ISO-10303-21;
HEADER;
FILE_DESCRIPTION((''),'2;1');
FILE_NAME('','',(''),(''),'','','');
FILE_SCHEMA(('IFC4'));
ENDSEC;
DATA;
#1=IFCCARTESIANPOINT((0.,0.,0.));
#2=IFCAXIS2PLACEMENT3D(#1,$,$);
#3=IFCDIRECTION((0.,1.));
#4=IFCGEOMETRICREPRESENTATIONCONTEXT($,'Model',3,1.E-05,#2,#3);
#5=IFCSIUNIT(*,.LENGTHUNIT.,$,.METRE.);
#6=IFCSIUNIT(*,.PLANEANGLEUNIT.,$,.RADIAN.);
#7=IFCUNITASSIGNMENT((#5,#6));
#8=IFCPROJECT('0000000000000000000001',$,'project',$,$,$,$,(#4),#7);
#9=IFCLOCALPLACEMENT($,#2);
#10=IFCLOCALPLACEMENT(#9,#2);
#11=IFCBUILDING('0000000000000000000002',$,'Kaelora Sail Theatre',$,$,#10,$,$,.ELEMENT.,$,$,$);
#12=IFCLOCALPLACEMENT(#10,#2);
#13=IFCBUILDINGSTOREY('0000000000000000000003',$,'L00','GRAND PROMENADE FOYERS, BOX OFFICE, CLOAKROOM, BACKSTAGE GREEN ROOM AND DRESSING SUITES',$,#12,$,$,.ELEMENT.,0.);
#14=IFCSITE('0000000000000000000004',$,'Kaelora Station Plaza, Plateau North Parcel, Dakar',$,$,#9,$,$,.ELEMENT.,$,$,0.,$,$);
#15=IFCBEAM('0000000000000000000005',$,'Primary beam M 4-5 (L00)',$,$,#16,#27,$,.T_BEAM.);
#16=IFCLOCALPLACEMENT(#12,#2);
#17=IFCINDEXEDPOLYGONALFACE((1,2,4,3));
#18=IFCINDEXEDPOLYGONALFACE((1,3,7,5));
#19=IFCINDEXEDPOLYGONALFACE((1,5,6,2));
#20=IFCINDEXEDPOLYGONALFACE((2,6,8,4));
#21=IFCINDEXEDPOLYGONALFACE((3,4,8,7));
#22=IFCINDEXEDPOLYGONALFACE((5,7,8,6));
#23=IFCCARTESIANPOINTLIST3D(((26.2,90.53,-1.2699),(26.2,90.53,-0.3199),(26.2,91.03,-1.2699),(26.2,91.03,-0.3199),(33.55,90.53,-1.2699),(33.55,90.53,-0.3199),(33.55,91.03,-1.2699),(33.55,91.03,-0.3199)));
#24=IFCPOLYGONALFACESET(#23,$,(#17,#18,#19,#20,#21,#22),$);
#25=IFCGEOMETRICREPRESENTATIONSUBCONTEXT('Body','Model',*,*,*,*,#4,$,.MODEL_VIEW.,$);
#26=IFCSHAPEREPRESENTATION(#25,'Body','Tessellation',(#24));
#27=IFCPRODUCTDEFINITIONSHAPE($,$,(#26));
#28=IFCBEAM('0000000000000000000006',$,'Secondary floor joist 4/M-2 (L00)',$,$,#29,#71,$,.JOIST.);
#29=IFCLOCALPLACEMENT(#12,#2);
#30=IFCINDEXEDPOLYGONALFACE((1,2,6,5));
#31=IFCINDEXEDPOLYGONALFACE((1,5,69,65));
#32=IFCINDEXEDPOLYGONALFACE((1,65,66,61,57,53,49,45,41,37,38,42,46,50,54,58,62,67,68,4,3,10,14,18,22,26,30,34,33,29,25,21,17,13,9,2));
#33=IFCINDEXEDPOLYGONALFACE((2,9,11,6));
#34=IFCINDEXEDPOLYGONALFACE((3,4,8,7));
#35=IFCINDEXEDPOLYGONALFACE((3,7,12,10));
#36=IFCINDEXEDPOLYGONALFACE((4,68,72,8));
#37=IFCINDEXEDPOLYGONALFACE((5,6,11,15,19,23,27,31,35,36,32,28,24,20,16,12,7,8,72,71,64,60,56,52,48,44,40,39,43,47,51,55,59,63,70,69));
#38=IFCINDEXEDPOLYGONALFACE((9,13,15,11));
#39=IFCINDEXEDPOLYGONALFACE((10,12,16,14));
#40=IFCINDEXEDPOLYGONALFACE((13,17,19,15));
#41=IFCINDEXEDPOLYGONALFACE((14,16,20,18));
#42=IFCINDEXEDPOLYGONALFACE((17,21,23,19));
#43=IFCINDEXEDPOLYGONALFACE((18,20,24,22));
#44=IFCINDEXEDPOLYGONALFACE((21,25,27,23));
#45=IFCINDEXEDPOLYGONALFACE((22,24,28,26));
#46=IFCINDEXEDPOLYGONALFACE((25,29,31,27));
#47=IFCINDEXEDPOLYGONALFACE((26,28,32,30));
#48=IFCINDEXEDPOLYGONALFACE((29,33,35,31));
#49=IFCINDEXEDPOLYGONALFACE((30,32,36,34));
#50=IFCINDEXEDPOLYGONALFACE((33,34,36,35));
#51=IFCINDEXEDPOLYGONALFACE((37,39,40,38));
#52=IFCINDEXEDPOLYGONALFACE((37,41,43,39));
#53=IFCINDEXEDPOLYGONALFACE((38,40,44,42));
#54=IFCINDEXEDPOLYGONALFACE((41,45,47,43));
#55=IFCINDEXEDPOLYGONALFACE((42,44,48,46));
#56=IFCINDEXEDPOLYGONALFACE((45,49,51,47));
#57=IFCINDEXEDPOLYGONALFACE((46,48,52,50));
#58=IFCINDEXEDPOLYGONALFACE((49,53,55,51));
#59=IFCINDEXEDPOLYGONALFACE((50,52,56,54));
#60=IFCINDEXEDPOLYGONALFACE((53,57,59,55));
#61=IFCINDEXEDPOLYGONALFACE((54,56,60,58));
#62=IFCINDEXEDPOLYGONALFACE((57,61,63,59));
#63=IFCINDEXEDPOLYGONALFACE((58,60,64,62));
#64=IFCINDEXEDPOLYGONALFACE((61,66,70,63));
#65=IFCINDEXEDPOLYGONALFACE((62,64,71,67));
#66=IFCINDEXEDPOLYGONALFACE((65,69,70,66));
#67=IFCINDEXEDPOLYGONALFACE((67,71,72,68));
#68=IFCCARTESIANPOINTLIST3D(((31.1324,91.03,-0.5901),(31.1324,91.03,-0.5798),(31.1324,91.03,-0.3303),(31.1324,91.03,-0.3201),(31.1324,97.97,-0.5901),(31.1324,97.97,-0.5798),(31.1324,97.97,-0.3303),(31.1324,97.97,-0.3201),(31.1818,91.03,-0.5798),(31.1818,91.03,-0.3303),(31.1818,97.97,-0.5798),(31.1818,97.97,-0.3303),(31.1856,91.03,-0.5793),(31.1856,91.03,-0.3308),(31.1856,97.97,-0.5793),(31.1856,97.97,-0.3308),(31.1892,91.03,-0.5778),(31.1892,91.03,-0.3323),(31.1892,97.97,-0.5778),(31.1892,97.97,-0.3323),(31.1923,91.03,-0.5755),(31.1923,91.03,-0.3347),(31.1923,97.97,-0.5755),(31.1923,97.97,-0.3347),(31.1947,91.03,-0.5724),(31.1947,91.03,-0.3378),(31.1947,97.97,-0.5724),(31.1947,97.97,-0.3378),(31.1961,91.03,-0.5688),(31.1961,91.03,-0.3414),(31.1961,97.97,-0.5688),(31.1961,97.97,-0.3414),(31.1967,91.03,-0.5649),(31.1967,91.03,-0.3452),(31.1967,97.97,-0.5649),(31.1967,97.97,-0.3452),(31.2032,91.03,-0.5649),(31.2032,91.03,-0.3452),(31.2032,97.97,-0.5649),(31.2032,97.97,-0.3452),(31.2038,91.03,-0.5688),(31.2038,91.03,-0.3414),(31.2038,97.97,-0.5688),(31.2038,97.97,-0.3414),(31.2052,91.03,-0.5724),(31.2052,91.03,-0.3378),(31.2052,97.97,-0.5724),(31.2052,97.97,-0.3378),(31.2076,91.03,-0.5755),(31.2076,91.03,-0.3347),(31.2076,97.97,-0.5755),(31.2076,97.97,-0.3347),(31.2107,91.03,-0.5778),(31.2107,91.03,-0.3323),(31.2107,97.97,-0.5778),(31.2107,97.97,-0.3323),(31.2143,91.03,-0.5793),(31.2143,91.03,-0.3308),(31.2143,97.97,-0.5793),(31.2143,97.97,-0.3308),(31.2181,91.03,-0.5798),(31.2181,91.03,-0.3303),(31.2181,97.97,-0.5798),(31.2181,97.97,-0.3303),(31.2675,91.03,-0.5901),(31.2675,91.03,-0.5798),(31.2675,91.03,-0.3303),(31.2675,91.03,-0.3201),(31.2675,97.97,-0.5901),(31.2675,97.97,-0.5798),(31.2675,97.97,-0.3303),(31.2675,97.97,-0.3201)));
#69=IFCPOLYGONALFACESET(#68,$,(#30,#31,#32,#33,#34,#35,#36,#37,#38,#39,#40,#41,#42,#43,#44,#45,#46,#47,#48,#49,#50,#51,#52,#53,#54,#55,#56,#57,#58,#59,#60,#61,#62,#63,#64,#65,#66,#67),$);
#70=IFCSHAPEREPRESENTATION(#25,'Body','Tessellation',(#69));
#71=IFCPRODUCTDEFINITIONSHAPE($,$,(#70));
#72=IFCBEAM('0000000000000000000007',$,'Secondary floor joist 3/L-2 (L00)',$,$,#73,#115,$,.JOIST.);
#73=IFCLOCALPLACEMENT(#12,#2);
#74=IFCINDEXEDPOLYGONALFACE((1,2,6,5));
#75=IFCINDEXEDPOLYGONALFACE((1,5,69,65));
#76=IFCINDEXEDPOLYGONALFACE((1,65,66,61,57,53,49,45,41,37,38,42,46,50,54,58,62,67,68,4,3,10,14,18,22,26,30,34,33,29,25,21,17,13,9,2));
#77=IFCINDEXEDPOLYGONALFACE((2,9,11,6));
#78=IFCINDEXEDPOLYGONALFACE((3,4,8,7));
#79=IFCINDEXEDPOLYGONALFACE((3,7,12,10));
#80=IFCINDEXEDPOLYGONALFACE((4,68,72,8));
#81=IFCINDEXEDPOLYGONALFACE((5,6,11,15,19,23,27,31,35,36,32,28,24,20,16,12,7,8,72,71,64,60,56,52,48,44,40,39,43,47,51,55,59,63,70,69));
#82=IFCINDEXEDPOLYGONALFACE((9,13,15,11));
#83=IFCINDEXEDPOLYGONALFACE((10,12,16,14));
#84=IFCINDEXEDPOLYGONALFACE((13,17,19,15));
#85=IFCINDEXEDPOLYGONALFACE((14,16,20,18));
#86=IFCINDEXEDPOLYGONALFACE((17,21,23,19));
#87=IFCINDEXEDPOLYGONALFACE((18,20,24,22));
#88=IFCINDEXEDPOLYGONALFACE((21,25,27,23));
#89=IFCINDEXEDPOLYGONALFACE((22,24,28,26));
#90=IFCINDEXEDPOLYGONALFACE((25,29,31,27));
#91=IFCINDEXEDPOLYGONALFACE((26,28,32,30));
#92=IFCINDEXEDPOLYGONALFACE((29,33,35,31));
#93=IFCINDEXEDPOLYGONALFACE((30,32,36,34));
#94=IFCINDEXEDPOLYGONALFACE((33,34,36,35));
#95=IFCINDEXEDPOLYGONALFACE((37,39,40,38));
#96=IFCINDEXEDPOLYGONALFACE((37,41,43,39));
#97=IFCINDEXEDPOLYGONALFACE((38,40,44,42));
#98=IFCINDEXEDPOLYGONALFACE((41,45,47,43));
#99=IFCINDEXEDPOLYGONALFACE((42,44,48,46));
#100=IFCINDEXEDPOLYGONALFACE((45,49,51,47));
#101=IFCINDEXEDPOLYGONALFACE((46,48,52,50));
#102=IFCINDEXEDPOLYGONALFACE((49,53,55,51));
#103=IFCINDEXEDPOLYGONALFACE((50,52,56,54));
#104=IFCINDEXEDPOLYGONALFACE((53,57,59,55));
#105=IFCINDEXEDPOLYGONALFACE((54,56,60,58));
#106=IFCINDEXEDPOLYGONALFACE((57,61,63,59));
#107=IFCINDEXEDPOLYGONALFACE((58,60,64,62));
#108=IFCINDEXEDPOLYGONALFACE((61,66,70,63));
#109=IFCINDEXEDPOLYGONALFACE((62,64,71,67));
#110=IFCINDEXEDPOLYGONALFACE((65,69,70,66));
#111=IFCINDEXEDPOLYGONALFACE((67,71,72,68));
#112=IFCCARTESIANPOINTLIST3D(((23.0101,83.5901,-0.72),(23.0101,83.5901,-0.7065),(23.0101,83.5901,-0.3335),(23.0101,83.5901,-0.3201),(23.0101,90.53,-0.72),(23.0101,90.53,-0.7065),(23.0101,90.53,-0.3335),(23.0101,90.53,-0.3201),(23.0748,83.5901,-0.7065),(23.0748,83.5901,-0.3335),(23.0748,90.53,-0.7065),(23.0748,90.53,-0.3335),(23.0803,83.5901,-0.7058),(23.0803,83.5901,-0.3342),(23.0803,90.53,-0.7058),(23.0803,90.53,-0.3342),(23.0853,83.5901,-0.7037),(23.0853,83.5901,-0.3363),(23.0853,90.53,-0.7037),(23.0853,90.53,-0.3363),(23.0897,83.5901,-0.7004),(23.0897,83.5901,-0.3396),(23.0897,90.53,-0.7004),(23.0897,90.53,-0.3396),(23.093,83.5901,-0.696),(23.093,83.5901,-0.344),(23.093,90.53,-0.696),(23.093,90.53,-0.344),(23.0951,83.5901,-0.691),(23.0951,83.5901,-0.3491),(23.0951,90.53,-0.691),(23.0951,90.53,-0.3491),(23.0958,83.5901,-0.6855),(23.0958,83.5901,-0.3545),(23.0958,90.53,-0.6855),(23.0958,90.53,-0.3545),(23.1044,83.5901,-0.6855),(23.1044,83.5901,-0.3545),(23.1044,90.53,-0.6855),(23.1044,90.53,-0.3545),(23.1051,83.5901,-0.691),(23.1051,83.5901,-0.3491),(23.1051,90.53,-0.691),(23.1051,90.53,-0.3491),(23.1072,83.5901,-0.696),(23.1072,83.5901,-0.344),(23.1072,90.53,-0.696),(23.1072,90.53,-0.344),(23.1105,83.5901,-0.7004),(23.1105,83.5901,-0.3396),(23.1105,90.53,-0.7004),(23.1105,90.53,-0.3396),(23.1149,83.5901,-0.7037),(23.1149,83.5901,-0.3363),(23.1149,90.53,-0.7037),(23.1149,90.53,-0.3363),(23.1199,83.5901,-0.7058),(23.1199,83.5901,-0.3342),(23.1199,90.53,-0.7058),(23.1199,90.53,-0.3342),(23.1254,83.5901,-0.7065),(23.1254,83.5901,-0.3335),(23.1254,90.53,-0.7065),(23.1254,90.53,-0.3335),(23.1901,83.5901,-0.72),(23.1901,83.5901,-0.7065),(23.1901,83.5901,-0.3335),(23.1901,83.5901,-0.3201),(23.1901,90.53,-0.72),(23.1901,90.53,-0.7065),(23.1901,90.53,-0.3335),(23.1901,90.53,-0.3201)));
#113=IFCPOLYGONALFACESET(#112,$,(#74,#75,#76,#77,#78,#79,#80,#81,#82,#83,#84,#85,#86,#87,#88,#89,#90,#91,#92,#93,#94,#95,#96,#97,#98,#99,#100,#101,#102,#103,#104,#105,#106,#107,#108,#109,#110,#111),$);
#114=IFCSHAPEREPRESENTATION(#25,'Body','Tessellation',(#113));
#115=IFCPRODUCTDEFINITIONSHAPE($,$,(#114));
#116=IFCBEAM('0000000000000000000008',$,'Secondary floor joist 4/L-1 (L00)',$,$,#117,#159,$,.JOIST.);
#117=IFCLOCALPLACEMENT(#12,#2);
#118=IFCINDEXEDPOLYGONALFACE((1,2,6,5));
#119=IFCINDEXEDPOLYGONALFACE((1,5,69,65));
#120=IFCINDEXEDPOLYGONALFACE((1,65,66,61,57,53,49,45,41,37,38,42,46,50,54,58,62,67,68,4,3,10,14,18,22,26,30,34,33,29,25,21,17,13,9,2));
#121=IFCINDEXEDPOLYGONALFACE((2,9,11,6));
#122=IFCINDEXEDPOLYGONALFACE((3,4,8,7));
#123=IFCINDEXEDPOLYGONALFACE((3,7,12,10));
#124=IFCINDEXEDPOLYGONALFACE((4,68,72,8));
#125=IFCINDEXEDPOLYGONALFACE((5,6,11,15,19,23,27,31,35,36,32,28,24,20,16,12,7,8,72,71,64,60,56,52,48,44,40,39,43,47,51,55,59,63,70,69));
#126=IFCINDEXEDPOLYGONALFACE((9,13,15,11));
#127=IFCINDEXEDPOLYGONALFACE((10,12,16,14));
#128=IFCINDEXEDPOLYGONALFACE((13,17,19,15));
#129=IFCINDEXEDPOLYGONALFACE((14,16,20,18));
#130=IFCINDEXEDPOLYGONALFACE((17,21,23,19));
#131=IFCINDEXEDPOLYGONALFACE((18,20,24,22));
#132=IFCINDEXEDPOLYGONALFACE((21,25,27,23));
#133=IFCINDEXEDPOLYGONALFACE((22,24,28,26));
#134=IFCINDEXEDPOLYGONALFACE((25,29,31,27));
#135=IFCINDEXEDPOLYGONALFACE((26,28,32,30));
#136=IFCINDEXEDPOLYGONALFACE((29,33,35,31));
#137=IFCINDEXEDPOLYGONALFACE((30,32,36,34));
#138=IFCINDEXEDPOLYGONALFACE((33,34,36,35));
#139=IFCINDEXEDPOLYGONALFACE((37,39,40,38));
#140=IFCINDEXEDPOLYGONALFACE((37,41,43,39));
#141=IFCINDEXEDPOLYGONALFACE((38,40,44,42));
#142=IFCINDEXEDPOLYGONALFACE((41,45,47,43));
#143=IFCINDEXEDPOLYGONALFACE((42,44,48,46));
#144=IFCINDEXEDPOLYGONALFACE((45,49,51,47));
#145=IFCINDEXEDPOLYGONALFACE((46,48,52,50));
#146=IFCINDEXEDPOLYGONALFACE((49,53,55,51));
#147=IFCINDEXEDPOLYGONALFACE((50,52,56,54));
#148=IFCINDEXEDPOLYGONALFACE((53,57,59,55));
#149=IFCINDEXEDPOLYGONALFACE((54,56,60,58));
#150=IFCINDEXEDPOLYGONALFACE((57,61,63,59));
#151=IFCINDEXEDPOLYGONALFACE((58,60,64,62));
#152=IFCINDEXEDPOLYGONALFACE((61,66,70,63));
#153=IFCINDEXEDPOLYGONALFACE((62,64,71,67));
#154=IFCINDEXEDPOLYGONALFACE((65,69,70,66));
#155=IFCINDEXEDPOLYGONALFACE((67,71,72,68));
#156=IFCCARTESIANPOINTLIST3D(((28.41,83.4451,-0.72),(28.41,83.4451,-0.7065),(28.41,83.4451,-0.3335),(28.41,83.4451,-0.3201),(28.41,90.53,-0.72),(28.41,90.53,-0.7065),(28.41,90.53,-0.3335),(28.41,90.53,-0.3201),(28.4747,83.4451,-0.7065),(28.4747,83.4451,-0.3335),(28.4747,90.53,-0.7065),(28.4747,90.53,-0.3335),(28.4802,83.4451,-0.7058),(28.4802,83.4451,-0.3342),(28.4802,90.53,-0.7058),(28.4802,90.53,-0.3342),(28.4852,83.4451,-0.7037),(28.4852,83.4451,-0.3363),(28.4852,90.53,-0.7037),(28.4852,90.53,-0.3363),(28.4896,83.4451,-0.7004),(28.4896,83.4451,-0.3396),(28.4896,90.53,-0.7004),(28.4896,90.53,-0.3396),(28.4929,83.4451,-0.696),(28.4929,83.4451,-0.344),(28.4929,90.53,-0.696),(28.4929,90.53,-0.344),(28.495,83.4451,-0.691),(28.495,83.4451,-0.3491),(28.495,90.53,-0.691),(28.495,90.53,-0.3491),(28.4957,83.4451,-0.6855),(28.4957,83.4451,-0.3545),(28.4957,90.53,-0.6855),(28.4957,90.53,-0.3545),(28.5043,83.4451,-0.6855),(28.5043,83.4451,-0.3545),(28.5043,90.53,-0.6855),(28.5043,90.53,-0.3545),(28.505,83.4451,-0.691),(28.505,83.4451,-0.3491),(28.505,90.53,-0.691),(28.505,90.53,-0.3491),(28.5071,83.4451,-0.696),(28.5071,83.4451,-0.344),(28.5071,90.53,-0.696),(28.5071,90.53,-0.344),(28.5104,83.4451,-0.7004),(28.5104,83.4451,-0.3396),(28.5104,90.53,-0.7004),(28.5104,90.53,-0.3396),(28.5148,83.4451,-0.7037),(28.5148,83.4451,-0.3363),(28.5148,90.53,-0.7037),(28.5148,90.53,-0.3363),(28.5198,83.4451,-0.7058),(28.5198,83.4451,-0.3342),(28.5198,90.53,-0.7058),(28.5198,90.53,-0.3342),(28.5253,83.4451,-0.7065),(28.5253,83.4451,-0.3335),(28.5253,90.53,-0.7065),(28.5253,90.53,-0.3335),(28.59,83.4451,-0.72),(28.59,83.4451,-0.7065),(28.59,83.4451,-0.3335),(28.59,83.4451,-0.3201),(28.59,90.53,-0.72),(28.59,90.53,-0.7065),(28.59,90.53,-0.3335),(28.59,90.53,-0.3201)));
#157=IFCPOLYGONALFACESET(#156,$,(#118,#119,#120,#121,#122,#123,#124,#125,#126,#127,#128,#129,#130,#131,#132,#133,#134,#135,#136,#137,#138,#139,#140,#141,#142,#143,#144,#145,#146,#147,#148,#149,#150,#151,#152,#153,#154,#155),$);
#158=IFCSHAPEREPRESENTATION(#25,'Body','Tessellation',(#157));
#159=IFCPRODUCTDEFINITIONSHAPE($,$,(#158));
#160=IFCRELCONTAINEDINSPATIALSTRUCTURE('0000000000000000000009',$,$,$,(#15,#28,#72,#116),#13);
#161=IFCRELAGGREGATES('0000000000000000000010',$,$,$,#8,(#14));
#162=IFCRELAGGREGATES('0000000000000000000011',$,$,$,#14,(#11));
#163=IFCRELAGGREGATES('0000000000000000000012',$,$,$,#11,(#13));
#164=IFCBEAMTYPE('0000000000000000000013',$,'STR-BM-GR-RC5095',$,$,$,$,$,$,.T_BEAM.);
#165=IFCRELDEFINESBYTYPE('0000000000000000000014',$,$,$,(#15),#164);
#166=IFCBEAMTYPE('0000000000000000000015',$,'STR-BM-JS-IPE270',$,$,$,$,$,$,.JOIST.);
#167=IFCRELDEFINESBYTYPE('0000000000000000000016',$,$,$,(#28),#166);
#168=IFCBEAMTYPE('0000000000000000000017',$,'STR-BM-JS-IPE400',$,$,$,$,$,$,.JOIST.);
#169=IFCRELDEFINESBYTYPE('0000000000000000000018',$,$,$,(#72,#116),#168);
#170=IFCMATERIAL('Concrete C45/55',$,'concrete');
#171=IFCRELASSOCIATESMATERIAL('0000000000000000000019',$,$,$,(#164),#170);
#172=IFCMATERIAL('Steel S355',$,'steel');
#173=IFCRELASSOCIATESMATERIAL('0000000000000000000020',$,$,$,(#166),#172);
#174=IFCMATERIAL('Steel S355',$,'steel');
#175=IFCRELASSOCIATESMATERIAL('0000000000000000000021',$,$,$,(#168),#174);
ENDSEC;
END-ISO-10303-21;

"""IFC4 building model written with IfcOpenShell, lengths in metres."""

from ifc_helpers import new_model, si_unit, direction, frame, origin, origin_2d, place, context, subcontext, project, spatial, rectangle, i_section, extrude, material, material_profile, profile_set, type_object, element, save


model = new_model("IFC4")

# Units and contexts
model_context = context("Model", 3, precision=1e-05, world=origin(), true_north=direction((0.0, 1.0)))
body_context = subcontext(model_context, "Body", "Model", "MODEL_VIEW")
ifc_project = project(units=[si_unit("LENGTHUNIT", "METRE"), si_unit("PLANEANGLEUNIT", "RADIAN")], contexts=[model_context])

# Site, building, storey
site_placement = place(None, origin())
site = spatial("IfcSite", under=ifc_project, at=site_placement, Name="Kaelora Station Plaza, Plateau North Parcel, Dakar", CompositionType="ELEMENT", RefElevation=0.0)
building_placement = place(site_placement, origin())
building = spatial("IfcBuilding", under=site, at=building_placement, Name="Kaelora Sail Theatre", CompositionType="ELEMENT")
storey_placement = place(building_placement, origin())
storey = spatial("IfcBuildingStorey", under=building, at=storey_placement, Name="L00", Description="GRAND PROMENADE FOYERS, BOX OFFICE, CLOAKROOM, BACKSTAGE GREEN ROOM AND DRESSING SUITES", CompositionType="ELEMENT", Elevation=0.0)

# Beams
ifc_material_1 = material(Name="Concrete C45/55", Category="concrete")
ifc_material_profile_1 = material_profile(ifc_material_1, rectangle(XDim=0.5, YDim=0.95, at=origin_2d()), Name="RC-GRD 500x950")
ifc_profile_set_1 = profile_set([ifc_material_profile_1], Name="Concrete C45/55")
beam_type_1 = type_object("IfcBeamType", Name="STR-BM-GR-RC5095", PredefinedType="T_BEAM", material=ifc_profile_set_1)
beam_1_placement = place(storey_placement, frame((26.2, 90.78, -0.7949), z_axis=(1.0, 0.0, 0.0), x_axis=(0.0, 1.0, 0.0)))
element("IfcBeam", 1, at=beam_1_placement, inside=storey, type_object=beam_type_1, Name="Primary beam M 4-5 (L00)", PredefinedType="T_BEAM", context=body_context, shape_type="SweptSolid", body=[
    extrude(rectangle(XDim=0.5, YDim=0.95, at=origin_2d()), origin(), (0.0, 0.0, 1.0), 7.3501),
])
ifc_material_2 = material(Name="Steel S355", Category="steel")
ifc_material_profile_2 = material_profile(ifc_material_2, i_section(OverallWidth=0.135, OverallDepth=0.27, WebThickness=0.0066, FlangeThickness=0.0103, FilletRadius=0.0149, at=origin_2d()), Name="IPE 270")
ifc_profile_set_2 = profile_set([ifc_material_profile_2], Name="Steel S355")
beam_type_2 = type_object("IfcBeamType", Name="STR-BM-JS-IPE270", PredefinedType="JOIST", material=ifc_profile_set_2)
beam_2_placement = place(storey_placement, frame((31.2, 91.03, -0.4551), z_axis=(0.0, 1.0, 0.0), x_axis=(-1.0, 0.0, 0.0)))
element("IfcBeam", 2, at=beam_2_placement, inside=storey, type_object=beam_type_2, Name="Secondary floor joist 4/M-2 (L00)", PredefinedType="JOIST", context=body_context, shape_type="SweptSolid", body=[
    extrude(i_section(OverallWidth=0.135, OverallDepth=0.27, WebThickness=0.0066, FlangeThickness=0.0103, FilletRadius=0.0149, at=origin_2d()), origin(), (0.0, 0.0, 1.0), 6.9399),
])
ifc_material_3 = material(Name="Steel S355", Category="steel")
ifc_material_profile_3 = material_profile(ifc_material_3, i_section(OverallWidth=0.1799, OverallDepth=0.3999, WebThickness=0.0085, FlangeThickness=0.0134, FilletRadius=0.021, at=origin_2d()), Name="IPE 400")
ifc_profile_set_3 = profile_set([ifc_material_profile_3], Name="Steel S355")
beam_type_3 = type_object("IfcBeamType", Name="STR-BM-JS-IPE400", PredefinedType="JOIST", material=ifc_profile_set_3)
beam_3_placement = place(storey_placement, frame((23.1001, 83.5901, -0.52), z_axis=(0.0, 1.0, 0.0), x_axis=(-1.0, 0.0, 0.0)))
element("IfcBeam", 3, at=beam_3_placement, inside=storey, type_object=beam_type_3, Name="Secondary floor joist 3/L-2 (L00)", PredefinedType="JOIST", context=body_context, shape_type="SweptSolid", body=[
    extrude(i_section(OverallWidth=0.1799, OverallDepth=0.3999, WebThickness=0.0085, FlangeThickness=0.0134, FilletRadius=0.021, at=origin_2d()), origin(), (0.0, 0.0, 1.0), 6.9399),
])
beam_4_placement = place(storey_placement, frame((28.5, 83.4451, -0.52), z_axis=(0.0, 1.0, 0.0), x_axis=(-1.0, 0.0, 0.0)))
element("IfcBeam", 4, at=beam_4_placement, inside=storey, type_object=beam_type_3, Name="Secondary floor joist 4/L-1 (L00)", PredefinedType="JOIST", context=body_context, shape_type="SweptSolid", body=[
    extrude(i_section(OverallWidth=0.1799, OverallDepth=0.3999, WebThickness=0.0085, FlangeThickness=0.0134, FilletRadius=0.021, at=origin_2d()), origin(), (0.0, 0.0, 1.0), 7.085),
])

save(model, "model.ifc")
